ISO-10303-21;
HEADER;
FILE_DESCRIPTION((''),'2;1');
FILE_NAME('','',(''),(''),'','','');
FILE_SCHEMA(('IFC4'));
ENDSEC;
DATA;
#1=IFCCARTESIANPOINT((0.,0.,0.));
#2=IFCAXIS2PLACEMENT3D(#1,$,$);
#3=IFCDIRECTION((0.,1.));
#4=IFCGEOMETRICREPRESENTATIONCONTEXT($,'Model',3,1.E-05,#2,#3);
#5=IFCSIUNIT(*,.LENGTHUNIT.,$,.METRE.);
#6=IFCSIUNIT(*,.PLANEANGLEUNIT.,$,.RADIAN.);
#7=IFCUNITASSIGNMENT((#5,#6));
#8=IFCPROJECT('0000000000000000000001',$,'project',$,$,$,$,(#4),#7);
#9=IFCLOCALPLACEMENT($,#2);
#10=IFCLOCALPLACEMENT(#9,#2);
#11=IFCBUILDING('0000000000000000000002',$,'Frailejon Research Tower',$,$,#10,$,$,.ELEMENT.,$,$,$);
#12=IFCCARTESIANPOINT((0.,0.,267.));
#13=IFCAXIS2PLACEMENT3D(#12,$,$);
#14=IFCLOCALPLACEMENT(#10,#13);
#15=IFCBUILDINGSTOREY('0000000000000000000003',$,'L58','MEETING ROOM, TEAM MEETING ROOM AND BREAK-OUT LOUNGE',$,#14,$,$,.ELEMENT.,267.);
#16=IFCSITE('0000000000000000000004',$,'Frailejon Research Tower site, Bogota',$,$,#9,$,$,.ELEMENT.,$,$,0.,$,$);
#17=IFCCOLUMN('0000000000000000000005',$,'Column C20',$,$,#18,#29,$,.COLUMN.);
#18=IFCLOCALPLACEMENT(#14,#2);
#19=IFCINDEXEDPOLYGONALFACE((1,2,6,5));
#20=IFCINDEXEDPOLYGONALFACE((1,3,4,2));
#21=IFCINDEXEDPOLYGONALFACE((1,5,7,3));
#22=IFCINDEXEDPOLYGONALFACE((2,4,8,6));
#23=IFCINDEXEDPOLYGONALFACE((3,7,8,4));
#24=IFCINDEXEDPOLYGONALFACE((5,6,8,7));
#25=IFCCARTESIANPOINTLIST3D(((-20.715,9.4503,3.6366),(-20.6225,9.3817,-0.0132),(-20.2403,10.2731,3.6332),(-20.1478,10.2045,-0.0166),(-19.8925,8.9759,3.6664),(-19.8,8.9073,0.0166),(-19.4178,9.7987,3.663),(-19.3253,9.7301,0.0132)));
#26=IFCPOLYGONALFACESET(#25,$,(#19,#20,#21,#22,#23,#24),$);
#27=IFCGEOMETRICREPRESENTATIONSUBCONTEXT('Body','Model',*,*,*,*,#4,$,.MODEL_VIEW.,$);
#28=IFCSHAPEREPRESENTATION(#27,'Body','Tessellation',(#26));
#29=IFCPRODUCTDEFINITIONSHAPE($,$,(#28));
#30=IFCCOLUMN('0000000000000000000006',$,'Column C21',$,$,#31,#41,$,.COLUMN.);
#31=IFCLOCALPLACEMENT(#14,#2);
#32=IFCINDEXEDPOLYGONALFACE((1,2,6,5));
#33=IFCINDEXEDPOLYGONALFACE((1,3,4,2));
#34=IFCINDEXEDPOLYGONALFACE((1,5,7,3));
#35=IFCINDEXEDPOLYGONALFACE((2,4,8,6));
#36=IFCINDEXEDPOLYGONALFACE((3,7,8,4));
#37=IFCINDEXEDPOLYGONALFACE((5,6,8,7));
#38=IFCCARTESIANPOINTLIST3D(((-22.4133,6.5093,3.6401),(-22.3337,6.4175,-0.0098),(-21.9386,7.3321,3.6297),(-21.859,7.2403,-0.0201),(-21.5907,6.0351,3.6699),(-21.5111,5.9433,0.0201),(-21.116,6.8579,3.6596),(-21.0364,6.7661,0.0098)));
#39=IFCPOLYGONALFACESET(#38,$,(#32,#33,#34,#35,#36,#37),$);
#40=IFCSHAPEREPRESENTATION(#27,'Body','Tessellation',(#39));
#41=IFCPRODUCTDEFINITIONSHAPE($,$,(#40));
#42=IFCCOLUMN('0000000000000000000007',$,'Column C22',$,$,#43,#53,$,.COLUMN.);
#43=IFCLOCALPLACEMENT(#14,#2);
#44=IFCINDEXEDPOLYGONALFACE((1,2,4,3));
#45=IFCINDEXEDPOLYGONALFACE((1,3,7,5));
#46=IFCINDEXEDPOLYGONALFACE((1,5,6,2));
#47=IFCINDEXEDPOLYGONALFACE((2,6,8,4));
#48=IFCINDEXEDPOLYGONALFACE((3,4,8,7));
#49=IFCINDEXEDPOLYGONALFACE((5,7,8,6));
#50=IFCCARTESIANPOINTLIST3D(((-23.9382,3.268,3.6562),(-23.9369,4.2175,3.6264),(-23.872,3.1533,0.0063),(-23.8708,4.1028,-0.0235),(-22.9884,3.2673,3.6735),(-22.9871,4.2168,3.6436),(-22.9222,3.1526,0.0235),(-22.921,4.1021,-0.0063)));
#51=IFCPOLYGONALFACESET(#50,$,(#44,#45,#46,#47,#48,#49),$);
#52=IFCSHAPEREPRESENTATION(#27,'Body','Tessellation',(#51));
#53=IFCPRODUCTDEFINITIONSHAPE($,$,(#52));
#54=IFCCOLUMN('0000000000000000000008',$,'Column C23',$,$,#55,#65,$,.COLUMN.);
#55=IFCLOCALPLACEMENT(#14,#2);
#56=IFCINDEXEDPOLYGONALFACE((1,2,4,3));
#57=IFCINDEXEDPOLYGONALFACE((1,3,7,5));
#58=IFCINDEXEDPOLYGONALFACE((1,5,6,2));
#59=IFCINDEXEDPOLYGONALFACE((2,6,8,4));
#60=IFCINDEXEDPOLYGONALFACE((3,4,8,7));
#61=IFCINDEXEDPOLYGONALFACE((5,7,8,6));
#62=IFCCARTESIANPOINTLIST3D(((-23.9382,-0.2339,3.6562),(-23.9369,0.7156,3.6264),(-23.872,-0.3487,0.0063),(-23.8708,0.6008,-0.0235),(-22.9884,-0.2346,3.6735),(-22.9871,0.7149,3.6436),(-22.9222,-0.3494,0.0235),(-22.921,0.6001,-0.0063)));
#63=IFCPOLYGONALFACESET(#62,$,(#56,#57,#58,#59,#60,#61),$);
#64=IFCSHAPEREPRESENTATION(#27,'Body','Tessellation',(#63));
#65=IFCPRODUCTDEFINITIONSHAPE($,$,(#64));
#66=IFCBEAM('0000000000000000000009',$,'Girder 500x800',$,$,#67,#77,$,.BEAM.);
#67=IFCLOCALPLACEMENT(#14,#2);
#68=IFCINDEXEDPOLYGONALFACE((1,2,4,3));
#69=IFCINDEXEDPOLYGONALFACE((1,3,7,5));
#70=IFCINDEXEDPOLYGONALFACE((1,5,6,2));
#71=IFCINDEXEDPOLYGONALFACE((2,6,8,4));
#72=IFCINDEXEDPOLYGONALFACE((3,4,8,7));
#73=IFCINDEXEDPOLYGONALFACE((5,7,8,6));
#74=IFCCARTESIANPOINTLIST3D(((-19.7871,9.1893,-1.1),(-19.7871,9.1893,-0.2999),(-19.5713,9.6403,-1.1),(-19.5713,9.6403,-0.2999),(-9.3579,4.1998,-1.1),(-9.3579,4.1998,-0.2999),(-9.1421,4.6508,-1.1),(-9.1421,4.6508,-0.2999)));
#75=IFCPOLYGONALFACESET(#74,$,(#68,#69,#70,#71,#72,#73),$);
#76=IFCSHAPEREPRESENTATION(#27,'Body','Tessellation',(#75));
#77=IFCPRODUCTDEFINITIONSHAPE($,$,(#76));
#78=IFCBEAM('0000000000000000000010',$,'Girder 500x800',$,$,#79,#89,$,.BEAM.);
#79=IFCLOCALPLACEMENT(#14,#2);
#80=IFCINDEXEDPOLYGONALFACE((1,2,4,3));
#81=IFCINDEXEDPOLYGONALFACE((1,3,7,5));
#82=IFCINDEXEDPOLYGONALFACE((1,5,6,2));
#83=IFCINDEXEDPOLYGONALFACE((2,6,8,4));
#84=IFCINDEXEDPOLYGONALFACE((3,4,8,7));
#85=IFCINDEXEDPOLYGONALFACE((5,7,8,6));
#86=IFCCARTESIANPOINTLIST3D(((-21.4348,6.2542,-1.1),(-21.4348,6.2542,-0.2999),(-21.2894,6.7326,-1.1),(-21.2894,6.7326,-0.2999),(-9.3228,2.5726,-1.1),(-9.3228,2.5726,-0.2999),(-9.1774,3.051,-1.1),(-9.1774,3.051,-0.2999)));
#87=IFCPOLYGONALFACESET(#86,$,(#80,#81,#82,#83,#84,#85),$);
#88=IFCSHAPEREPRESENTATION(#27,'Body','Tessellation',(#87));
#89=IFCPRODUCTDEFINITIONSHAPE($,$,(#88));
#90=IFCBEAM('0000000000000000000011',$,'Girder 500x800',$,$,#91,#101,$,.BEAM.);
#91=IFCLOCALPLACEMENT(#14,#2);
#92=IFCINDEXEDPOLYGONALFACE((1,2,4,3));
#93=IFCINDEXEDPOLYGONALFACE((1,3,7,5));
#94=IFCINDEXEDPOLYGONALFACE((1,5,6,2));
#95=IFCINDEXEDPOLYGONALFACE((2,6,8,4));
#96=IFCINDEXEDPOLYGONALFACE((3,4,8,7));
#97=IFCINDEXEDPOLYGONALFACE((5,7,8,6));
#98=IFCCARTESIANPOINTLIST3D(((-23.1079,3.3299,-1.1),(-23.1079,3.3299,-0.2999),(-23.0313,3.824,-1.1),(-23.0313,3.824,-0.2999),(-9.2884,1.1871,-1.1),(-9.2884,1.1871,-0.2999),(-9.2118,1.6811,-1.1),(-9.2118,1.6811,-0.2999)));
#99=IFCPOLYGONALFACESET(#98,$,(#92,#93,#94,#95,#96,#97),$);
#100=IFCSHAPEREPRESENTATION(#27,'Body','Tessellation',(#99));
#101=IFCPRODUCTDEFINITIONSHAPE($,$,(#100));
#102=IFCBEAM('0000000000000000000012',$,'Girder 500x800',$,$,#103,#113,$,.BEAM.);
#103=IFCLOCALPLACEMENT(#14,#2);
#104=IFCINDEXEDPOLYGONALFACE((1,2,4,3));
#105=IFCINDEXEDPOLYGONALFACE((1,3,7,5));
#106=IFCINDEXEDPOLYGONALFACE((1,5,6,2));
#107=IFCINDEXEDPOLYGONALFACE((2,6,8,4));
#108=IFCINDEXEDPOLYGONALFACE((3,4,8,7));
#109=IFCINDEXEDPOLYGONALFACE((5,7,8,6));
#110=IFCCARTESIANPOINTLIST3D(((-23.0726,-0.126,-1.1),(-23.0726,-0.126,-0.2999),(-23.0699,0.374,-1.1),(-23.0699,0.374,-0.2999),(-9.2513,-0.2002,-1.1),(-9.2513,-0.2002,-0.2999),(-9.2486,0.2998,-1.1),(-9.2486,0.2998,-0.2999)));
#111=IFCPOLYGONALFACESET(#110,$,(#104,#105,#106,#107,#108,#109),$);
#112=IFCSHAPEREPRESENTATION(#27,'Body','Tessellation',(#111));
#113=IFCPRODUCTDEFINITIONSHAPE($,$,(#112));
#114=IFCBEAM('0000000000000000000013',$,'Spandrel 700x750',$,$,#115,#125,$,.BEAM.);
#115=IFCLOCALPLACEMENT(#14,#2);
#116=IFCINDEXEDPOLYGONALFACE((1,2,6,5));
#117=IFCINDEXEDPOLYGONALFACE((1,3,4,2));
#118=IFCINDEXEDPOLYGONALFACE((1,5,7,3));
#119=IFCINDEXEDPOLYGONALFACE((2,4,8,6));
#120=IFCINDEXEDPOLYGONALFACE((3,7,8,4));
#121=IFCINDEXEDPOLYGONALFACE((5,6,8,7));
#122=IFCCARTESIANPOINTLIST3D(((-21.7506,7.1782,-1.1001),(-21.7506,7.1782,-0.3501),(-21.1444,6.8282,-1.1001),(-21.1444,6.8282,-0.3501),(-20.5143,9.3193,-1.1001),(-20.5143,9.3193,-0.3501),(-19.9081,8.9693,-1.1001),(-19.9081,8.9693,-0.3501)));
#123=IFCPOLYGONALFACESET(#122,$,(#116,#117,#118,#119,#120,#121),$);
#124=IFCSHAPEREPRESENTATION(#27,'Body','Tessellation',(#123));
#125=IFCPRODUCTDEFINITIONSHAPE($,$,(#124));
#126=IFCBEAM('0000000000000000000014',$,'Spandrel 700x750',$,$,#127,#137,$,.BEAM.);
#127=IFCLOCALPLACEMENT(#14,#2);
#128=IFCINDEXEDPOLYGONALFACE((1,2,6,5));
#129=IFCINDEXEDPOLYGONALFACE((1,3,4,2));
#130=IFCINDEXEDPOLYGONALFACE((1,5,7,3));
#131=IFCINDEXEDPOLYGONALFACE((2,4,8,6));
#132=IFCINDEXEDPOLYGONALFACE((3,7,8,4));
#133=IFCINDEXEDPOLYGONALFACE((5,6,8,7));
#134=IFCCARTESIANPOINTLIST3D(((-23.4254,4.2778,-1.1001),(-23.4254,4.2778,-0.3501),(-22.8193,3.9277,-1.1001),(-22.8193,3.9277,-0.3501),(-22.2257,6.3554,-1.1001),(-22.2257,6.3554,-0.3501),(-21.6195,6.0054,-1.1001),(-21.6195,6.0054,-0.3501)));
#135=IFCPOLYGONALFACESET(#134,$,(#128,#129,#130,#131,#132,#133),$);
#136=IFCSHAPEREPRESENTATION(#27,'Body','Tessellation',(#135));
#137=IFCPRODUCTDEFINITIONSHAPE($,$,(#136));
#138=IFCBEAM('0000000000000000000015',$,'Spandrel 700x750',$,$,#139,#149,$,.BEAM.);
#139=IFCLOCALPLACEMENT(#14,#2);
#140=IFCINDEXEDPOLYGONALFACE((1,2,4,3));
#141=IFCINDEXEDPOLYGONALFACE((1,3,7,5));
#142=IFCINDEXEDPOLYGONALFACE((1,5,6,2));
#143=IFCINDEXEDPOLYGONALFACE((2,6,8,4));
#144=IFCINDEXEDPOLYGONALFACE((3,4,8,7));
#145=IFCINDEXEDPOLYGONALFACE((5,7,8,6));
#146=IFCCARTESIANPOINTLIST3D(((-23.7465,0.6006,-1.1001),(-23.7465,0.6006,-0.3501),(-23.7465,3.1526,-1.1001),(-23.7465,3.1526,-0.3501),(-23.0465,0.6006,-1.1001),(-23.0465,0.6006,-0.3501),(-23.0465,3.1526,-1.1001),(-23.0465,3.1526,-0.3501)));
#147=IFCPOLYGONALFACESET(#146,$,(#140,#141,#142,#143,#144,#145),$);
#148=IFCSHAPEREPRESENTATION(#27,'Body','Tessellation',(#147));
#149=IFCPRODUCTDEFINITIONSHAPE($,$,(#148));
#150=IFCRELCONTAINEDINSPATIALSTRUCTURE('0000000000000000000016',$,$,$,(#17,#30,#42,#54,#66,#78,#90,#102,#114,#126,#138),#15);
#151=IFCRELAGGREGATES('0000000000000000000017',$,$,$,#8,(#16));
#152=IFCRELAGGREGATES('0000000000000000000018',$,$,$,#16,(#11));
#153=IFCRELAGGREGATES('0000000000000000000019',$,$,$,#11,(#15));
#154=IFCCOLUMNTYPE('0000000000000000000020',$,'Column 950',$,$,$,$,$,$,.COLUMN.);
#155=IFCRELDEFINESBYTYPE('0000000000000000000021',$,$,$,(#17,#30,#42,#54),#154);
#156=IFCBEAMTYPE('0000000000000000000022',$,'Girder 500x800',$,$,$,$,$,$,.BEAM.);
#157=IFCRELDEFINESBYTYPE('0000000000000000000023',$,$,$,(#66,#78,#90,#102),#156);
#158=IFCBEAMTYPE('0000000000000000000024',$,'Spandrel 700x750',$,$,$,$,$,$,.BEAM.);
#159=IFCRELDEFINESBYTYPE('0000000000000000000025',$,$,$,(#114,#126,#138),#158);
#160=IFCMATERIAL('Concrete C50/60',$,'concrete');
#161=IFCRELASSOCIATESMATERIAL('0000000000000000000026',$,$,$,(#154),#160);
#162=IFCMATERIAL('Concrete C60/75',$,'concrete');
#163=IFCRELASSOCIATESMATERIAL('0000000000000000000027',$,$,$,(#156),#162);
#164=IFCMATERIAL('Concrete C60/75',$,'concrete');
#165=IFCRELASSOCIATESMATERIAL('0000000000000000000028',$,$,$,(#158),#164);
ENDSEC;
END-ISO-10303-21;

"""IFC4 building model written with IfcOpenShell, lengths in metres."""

from ifc_helpers import new_model, si_unit, direction, frame, origin, origin_2d, place, context, subcontext, project, spatial, rectangle, extrude, material, material_profile, profile_set, type_object, element, save


model = new_model("IFC4")

# Units and contexts
model_context = context("Model", 3, precision=1e-05, world=origin(), true_north=direction((0.0, 1.0)))
body_context = subcontext(model_context, "Body", "Model", "MODEL_VIEW")
ifc_project = project(units=[si_unit("LENGTHUNIT", "METRE"), si_unit("PLANEANGLEUNIT", "RADIAN")], contexts=[model_context])

# Site, building, storey
site_placement = place(None, origin())
site = spatial("IfcSite", under=ifc_project, at=site_placement, Name="Frailejon Research Tower site, Bogota", CompositionType="ELEMENT", RefElevation=0.0)
building_placement = place(site_placement, origin())
building = spatial("IfcBuilding", under=site, at=building_placement, Name="Frailejon Research Tower", CompositionType="ELEMENT")
storey_placement = place(building_placement, frame((0.0, 0.0, 267.0)))
storey = spatial("IfcBuildingStorey", under=building, at=storey_placement, Name="L58", Description="MEETING ROOM, TEAM MEETING ROOM AND BREAK-OUT LOUNGE", CompositionType="ELEMENT", Elevation=267.0)

# Columns
ifc_material_1 = material(Name="Concrete C50/60", Category="concrete")
ifc_material_profile_1 = material_profile(ifc_material_1, rectangle(XDim=0.95, YDim=0.95, at=origin_2d()), Name="Column 950")
ifc_profile_set_1 = profile_set([ifc_material_profile_1], Name="Concrete C50/60")
column_type = type_object("IfcColumnType", Name="Column 950", PredefinedType="COLUMN", material=ifc_profile_set_1)
column_1_placement = place(storey_placement, frame((-19.9739, 9.5559, 0.0), z_axis=(-0.025339, 0.018787, 0.999502), x_axis=(-0.499703, -0.866189, 0.003613)))
element("IfcColumn", 1, at=column_1_placement, inside=storey, type_object=column_type, Name="Column C20", PredefinedType="COLUMN", context=body_context, shape_type="SweptSolid", body=[
    extrude(rectangle(XDim=0.95, YDim=0.95, at=origin_2d()), origin(), (0.0, 0.0, 1.0), 3.6516),
])
column_2_placement = place(storey_placement, frame((-21.6851, 6.5918, 0.0), z_axis=(-0.021794, 0.025137, 0.999446), x_axis=(-0.499665, -0.86615, 0.010888)))
element("IfcColumn", 2, at=column_2_placement, inside=storey, type_object=column_type, Name="Column C21", PredefinedType="COLUMN", context=body_context, shape_type="SweptSolid", body=[
    extrude(rectangle(XDim=0.95, YDim=0.95, at=origin_2d()), origin(), (0.0, 0.0, 1.0), 3.6519),
])
for number, where, z_axis, x_axis, name in (
    (3, (-23.3965, 3.6277, 0.0), (-0.018115, 0.031417, 0.999342), (-0.001297, -0.999506, 0.031399), "Column C22"),
    (4, (-23.3965, 0.1257, 0.0), (-0.018115, 0.031417, 0.999342), (-0.001297, -0.999506, 0.031399), "Column C23"),
):
    element("IfcColumn", number, at=place(storey_placement, frame(where, z_axis=z_axis, x_axis=x_axis)), inside=storey, type_object=column_type, Name=name, PredefinedType="COLUMN", context=body_context, shape_type="SweptSolid", body=[
        extrude(rectangle(XDim=0.95, YDim=0.95, at=origin_2d()), origin(), (0.0, 0.0, 1.0), 3.6523),
    ])

# Beams
ifc_material_2 = material(Name="Concrete C60/75", Category="concrete")
ifc_material_profile_2 = material_profile(ifc_material_2, rectangle(XDim=0.5, YDim=0.8, at=origin_2d()), Name="Girder 500x800")
ifc_profile_set_2 = profile_set([ifc_material_profile_2], Name="Concrete C60/75")
beam_type_1 = type_object("IfcBeamType", Name="Girder 500x800", PredefinedType="BEAM", material=ifc_profile_set_2)
beam_1_placement = place(storey_placement, frame((-19.6792, 9.4148, -0.7), z_axis=(0.90208, -0.43157, 0.0), x_axis=(0.43157, 0.90208, 0.0)))
element("IfcBeam", 5, at=beam_1_placement, inside=storey, type_object=beam_type_1, Name="Girder 500x800", PredefinedType="BEAM", context=body_context, shape_type="SweptSolid", body=[
    extrude(rectangle(XDim=0.5, YDim=0.8, at=origin_2d()), origin(), (0.0, 0.0, 1.0), 11.5613),
])
beam_2_placement = place(storey_placement, frame((-21.3621, 6.4934, -0.7), z_axis=(0.956776, -0.290826, 0.0), x_axis=(0.290826, 0.956776, 0.0)))
element("IfcBeam", 6, at=beam_2_placement, inside=storey, type_object=beam_type_1, Name="Girder 500x800", PredefinedType="BEAM", context=body_context, shape_type="SweptSolid", body=[
    extrude(rectangle(XDim=0.5, YDim=0.8, at=origin_2d()), origin(), (0.0, 0.0, 1.0), 12.6592),
])
beam_3_placement = place(storey_placement, frame((-23.0696, 3.5769, -0.7), z_axis=(0.988191, -0.153226, 0.0), x_axis=(0.153226, 0.988191, 0.0)))
element("IfcBeam", 7, at=beam_3_placement, inside=storey, type_object=beam_type_1, Name="Girder 500x800", PredefinedType="BEAM", context=body_context, shape_type="SweptSolid", body=[
    extrude(rectangle(XDim=0.5, YDim=0.8, at=origin_2d()), origin(), (0.0, 0.0, 1.0), 13.9846),
])
beam_4_placement = place(storey_placement, frame((-23.0713, 0.124, -0.7), z_axis=(0.999986, -0.00537, 0.0), x_axis=(0.00537, 0.999986, 0.0)))
element("IfcBeam", 8, at=beam_4_placement, inside=storey, type_object=beam_type_1, Name="Girder 500x800", PredefinedType="BEAM", context=body_context, shape_type="SweptSolid", body=[
    extrude(rectangle(XDim=0.5, YDim=0.8, at=origin_2d()), origin(), (0.0, 0.0, 1.0), 13.8215),
])
ifc_material_3 = material(Name="Concrete C60/75", Category="concrete")
ifc_material_profile_3 = material_profile(ifc_material_3, rectangle(XDim=0.7, YDim=0.75, at=origin_2d()), Name="Spandrel 700x750")
ifc_profile_set_3 = profile_set([ifc_material_profile_3], Name="Concrete C60/75")
beam_type_2 = type_object("IfcBeamType", Name="Spandrel 700x750", PredefinedType="BEAM", material=ifc_profile_set_3)
beam_5_placement = place(storey_placement, frame((-20.2112, 9.1443, -0.7251), z_axis=(-0.500047, -0.865998, 0.0), x_axis=(0.865998, -0.500047, 0.0)))
element("IfcBeam", 9, at=beam_5_placement, inside=storey, type_object=beam_type_2, Name="Spandrel 700x750", PredefinedType="BEAM", context=body_context, shape_type="SweptSolid", body=[
    extrude(rectangle(XDim=0.7, YDim=0.75, at=origin_2d()), origin(), (0.0, 0.0, 1.0), 2.4724),
])
beam_6_placement = place(storey_placement, frame((-21.9226, 6.1804, -0.7251), z_axis=(-0.500057, -0.865992, 0.0), x_axis=(0.865992, -0.500057, 0.0)))
element("IfcBeam", 10, at=beam_6_placement, inside=storey, type_object=beam_type_2, Name="Spandrel 700x750", PredefinedType="BEAM", context=body_context, shape_type="SweptSolid", body=[
    extrude(rectangle(XDim=0.7, YDim=0.75, at=origin_2d()), origin(), (0.0, 0.0, 1.0), 2.3992),
])
beam_7_placement = place(storey_placement, frame((-23.3965, 3.1526, -0.7251), z_axis=(0.0, -1.0, 0.0), x_axis=(1.0, 0.0, 0.0)))
element("IfcBeam", 11, at=beam_7_placement, inside=storey, type_object=beam_type_2, Name="Spandrel 700x750", PredefinedType="BEAM", context=body_context, shape_type="SweptSolid", body=[
    extrude(rectangle(XDim=0.7, YDim=0.75, at=origin_2d()), origin(), (0.0, 0.0, 1.0), 2.552),
])

save(model, "model.ifc")
